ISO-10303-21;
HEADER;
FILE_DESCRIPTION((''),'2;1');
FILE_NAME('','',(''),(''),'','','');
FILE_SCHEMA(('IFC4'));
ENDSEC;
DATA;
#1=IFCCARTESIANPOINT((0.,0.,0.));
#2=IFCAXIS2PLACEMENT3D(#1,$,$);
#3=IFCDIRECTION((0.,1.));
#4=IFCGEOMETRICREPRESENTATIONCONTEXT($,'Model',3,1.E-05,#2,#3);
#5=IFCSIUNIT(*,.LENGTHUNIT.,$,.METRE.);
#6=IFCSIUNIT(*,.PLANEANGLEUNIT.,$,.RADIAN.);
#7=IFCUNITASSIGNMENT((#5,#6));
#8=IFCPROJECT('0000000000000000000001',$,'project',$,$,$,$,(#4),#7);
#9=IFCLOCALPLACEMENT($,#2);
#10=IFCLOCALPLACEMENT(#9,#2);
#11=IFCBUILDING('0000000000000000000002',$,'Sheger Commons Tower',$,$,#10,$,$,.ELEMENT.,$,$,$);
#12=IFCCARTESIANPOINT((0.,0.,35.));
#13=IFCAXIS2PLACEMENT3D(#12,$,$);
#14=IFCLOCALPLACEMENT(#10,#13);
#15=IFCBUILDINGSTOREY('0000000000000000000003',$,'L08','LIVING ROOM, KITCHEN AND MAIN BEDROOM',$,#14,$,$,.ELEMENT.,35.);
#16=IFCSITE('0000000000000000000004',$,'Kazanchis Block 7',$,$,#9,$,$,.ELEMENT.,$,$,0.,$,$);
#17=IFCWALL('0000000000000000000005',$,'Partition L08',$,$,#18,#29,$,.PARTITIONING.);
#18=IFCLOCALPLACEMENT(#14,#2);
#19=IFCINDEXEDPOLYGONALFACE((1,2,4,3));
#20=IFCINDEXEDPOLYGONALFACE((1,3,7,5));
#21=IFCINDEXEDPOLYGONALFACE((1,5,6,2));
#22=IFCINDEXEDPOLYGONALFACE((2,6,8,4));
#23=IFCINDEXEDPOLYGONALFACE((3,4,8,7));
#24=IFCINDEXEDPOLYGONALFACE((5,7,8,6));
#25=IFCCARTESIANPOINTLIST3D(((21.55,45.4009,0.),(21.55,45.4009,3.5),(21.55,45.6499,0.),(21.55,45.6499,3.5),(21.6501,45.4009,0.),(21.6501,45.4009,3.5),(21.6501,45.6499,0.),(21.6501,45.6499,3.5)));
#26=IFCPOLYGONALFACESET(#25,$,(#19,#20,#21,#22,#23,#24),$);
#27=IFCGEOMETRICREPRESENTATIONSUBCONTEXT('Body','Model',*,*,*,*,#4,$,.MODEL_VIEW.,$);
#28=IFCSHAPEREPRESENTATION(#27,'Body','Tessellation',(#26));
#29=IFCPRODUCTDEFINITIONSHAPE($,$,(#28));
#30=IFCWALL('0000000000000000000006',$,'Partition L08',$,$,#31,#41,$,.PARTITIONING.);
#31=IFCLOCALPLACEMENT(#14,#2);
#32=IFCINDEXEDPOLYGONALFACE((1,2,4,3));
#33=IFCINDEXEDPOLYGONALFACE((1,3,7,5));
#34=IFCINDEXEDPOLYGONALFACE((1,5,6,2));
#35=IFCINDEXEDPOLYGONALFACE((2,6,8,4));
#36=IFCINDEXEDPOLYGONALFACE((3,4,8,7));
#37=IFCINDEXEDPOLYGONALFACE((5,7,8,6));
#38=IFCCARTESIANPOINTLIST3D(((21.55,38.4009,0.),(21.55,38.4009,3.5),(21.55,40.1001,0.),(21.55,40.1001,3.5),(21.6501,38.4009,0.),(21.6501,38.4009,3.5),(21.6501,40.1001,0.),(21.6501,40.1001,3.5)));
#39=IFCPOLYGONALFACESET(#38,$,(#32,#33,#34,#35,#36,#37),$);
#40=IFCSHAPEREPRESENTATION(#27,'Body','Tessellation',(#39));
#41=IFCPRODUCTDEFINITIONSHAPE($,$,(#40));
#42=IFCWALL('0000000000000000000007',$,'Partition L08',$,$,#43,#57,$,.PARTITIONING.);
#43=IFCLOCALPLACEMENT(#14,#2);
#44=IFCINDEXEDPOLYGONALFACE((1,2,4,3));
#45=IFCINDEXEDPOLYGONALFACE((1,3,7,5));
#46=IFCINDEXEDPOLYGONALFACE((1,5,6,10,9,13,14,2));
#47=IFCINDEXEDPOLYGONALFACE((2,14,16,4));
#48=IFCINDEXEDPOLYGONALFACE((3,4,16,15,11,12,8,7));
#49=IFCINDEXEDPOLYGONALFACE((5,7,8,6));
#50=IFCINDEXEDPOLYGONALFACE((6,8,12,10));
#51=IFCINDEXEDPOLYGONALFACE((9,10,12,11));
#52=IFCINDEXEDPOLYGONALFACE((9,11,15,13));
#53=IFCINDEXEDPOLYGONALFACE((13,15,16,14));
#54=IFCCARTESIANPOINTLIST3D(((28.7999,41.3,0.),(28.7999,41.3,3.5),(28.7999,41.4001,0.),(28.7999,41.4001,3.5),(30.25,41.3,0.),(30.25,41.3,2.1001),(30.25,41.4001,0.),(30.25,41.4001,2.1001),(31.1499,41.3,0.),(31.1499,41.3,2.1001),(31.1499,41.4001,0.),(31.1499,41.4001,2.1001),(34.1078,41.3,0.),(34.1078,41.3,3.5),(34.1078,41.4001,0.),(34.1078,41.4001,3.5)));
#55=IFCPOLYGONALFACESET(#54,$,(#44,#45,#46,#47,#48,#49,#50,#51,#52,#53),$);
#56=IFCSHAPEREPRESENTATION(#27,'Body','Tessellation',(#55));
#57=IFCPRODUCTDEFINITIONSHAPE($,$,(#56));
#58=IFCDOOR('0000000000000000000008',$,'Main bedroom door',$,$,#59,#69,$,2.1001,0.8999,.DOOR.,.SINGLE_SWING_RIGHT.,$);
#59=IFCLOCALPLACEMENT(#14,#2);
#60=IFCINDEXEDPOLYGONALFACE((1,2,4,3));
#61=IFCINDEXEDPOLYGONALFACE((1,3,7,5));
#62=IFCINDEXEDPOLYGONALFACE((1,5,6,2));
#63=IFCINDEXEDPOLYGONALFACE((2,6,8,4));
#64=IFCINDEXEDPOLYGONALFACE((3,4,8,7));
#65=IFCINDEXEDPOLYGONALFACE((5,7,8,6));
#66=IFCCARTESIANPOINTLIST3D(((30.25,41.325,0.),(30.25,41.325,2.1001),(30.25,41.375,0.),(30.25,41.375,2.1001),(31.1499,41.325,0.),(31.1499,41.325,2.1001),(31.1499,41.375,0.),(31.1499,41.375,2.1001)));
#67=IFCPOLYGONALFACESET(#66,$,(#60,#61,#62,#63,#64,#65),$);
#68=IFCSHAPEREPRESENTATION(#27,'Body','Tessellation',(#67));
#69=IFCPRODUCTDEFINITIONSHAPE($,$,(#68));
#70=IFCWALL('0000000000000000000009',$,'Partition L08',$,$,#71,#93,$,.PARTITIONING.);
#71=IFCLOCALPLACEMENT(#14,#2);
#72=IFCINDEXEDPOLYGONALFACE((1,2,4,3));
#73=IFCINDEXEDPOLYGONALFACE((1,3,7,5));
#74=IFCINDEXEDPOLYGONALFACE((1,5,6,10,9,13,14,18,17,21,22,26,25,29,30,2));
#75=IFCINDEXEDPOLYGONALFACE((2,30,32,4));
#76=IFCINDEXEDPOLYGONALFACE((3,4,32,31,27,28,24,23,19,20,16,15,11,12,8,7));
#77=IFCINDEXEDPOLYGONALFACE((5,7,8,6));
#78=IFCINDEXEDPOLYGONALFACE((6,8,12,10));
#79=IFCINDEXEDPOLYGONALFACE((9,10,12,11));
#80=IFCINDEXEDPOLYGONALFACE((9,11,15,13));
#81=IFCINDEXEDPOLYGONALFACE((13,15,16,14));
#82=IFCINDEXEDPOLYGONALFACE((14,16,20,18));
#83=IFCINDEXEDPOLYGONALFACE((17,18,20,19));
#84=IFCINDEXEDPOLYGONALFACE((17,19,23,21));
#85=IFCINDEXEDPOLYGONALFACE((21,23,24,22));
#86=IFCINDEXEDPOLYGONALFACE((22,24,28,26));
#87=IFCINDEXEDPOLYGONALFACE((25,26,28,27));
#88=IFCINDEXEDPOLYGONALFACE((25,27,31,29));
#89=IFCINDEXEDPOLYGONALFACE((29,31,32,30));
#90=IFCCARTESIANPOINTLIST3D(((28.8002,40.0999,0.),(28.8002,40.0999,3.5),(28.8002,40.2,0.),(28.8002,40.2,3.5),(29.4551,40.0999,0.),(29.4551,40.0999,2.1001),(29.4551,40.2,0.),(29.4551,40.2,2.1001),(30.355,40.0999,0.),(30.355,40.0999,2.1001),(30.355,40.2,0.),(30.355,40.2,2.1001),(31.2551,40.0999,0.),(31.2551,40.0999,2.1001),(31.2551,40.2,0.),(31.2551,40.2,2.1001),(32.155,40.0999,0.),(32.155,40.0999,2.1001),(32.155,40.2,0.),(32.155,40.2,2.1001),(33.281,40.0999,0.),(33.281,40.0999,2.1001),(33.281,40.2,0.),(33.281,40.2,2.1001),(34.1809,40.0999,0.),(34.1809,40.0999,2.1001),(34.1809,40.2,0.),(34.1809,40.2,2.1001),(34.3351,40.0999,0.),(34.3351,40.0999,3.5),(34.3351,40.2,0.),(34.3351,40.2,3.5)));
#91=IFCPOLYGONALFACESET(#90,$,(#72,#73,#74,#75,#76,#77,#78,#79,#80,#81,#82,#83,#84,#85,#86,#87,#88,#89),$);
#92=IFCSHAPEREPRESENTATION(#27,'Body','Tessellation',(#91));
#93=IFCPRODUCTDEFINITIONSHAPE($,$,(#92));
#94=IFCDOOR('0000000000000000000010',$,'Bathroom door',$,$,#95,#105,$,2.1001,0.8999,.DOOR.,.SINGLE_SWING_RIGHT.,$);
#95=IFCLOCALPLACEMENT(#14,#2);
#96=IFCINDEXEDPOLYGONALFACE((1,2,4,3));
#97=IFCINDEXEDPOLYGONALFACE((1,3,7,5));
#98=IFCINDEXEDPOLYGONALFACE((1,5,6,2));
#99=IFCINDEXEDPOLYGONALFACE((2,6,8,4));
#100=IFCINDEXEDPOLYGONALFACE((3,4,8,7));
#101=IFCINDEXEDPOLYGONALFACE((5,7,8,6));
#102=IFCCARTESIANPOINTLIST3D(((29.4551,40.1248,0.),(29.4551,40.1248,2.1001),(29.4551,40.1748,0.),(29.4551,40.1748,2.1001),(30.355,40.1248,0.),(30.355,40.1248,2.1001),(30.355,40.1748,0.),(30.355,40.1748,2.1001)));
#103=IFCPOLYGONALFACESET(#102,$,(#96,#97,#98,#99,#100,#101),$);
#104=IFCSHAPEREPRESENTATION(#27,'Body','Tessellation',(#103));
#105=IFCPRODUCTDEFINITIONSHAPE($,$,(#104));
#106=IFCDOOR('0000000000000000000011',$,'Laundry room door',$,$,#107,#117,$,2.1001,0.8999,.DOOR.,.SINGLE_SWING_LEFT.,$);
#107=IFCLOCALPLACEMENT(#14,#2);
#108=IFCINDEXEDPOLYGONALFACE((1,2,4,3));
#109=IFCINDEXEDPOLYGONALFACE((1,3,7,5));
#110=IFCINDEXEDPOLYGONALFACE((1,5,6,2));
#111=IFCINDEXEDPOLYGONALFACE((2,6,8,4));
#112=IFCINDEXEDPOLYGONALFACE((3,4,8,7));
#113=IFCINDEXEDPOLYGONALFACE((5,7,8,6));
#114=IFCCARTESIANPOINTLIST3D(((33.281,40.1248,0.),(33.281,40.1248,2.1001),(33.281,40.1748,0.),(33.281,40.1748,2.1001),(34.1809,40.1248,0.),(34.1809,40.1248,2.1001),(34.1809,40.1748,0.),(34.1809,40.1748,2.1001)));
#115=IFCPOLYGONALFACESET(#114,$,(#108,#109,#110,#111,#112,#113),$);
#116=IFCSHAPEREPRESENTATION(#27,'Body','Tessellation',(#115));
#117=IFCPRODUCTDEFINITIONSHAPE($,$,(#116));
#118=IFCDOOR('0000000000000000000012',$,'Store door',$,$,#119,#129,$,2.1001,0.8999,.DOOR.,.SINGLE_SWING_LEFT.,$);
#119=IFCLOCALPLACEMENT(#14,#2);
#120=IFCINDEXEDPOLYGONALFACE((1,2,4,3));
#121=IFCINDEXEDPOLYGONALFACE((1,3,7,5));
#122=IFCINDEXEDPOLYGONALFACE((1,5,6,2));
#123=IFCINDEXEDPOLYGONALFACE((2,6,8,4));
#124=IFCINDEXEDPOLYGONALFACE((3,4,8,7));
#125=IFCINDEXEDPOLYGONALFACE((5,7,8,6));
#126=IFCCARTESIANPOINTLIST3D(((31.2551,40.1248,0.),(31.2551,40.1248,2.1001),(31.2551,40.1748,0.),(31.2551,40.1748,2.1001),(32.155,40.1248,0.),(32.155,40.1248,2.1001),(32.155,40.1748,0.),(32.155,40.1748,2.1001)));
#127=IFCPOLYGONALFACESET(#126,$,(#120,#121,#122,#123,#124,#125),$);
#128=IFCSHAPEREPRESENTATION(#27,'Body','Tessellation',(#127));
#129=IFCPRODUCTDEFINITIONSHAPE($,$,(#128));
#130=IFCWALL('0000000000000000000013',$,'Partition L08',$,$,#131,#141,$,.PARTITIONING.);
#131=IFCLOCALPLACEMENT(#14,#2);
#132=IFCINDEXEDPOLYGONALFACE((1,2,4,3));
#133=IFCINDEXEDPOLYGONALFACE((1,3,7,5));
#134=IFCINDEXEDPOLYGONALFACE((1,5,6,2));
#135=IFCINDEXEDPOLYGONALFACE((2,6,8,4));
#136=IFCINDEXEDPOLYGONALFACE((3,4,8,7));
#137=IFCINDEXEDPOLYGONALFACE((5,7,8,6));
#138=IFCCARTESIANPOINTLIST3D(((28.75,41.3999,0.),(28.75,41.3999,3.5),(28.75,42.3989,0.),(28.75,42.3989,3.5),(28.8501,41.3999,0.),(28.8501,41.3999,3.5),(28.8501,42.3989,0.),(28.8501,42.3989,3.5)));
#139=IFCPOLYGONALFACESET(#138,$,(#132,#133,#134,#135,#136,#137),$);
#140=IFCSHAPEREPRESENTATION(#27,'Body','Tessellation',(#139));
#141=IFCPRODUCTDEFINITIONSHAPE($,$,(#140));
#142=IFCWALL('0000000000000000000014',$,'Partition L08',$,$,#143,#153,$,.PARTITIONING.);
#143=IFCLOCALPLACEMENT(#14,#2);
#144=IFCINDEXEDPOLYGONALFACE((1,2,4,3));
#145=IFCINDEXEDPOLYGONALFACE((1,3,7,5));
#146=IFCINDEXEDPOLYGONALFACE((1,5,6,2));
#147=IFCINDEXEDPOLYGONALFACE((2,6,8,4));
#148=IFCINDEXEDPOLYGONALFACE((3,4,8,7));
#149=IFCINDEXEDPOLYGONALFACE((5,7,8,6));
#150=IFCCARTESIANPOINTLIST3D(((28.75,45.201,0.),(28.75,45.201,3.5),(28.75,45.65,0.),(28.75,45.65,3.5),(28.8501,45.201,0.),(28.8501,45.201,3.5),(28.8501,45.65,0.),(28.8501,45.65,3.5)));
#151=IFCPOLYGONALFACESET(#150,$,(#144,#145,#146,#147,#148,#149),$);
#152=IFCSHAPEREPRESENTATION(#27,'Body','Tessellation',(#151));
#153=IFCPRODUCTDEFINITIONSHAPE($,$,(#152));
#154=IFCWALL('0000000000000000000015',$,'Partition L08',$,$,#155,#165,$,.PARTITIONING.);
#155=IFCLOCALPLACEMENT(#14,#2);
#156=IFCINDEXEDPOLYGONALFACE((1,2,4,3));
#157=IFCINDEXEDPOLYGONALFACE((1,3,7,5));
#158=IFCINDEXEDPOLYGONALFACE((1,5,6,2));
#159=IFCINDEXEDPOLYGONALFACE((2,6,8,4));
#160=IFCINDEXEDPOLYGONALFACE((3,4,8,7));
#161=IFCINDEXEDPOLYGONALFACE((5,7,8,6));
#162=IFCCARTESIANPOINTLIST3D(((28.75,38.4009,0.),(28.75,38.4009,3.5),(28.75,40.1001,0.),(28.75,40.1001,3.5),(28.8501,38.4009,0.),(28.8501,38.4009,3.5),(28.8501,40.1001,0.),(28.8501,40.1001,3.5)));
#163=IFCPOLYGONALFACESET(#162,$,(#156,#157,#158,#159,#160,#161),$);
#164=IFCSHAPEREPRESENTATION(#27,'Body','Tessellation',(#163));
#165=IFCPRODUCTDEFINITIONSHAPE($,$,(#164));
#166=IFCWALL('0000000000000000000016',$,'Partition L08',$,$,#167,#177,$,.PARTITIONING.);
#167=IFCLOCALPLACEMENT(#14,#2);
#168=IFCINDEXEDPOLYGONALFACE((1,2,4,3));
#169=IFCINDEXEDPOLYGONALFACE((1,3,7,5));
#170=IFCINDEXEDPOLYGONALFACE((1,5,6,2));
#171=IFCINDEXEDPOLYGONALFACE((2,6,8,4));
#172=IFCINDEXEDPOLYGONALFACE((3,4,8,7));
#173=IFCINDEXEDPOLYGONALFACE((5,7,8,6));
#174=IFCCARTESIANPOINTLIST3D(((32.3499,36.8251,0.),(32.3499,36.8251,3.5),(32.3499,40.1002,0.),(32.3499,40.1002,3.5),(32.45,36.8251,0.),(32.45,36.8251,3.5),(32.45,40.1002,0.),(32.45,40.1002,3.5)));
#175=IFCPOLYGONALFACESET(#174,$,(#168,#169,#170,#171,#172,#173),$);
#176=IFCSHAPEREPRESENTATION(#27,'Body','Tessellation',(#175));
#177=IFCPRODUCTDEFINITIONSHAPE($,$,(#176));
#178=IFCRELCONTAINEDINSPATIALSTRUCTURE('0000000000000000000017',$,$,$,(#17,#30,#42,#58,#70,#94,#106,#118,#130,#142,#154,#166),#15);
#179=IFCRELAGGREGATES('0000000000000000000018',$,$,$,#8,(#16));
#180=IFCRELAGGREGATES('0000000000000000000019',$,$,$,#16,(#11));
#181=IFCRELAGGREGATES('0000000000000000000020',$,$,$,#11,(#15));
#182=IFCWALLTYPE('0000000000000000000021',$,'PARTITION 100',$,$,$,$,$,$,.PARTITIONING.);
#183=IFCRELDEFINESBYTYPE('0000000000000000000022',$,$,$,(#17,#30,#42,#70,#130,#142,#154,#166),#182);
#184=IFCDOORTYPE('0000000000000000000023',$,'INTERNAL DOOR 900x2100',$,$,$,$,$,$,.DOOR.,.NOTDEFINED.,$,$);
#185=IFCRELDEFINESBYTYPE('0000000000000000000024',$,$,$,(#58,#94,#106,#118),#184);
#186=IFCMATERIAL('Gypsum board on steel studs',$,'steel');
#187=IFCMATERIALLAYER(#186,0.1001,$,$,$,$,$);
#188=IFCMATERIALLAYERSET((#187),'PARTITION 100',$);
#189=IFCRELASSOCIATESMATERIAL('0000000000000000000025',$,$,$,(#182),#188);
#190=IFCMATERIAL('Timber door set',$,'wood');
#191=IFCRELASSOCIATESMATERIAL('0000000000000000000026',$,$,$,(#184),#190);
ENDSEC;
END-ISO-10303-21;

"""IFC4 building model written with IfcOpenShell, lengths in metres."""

from ifc_helpers import new_model, si_unit, direction, frame, frame_2d, origin, place, context, subcontext, project, spatial, rectangle, extrude, material, layer, layer_set, type_object, element, fill, save


model = new_model("IFC4")

# Units and contexts
model_context = context("Model", 3, precision=1e-05, world=origin(), true_north=direction((0.0, 1.0)))
body_context = subcontext(model_context, "Body", "Model", "MODEL_VIEW")
ifc_project = project(units=[si_unit("LENGTHUNIT", "METRE"), si_unit("PLANEANGLEUNIT", "RADIAN")], contexts=[model_context])

# Site, building, storey
site_placement = place(None, origin())
site = spatial("IfcSite", under=ifc_project, at=site_placement, Name="Kazanchis Block 7", CompositionType="ELEMENT", RefElevation=0.0)
building_placement = place(site_placement, origin())
building = spatial("IfcBuilding", under=site, at=building_placement, Name="Sheger Commons Tower", CompositionType="ELEMENT")
storey_placement = place(building_placement, frame((0.0, 0.0, 35.0)))
storey = spatial("IfcBuildingStorey", under=building, at=storey_placement, Name="L08", Description="LIVING ROOM, KITCHEN AND MAIN BEDROOM", CompositionType="ELEMENT", Elevation=35.0)

# Walls
ifc_material_1 = material(Name="Gypsum board on steel studs", Category="steel")
ifc_layer_1 = layer(ifc_material_1, 0.1001)
ifc_layer_set_1 = layer_set([ifc_layer_1], Name="PARTITION 100")
wall_type_1 = type_object("IfcWallType", Name="PARTITION 100", PredefinedType="PARTITIONING", material=ifc_layer_set_1)
wall_1_placement = place(storey_placement, frame((21.6001, 45.4009, 0.0), z_axis=(0.0, 0.0, 1.0), x_axis=(0.0, 1.0, 0.0)))
element("IfcWall", 1, at=wall_1_placement, inside=storey, type_object=wall_type_1, Name="Partition L08", PredefinedType="PARTITIONING", context=body_context, shape_type="SweptSolid", body=[
    extrude(rectangle(XDim=0.249, YDim=0.1001, at=frame_2d((0.1245, 0.0))), origin(), (0.0, 0.0, 1.0), 3.5),
])
wall_2_placement = place(storey_placement, frame((21.6001, 38.4009, 0.0), z_axis=(0.0, 0.0, 1.0), x_axis=(0.0, 1.0, 0.0)))
element("IfcWall", 2, at=wall_2_placement, inside=storey, type_object=wall_type_1, Name="Partition L08", PredefinedType="PARTITIONING", context=body_context, shape_type="SweptSolid", body=[
    extrude(rectangle(XDim=1.6992, YDim=0.1001, at=frame_2d((0.8496, 0.0))), origin(), (0.0, 0.0, 1.0), 3.5),
])

# Wall, opening, door
wall_3_placement = place(storey_placement, frame((28.8, 41.3501, 0.0), z_axis=(0.0, 0.0, 1.0), x_axis=(1.0, 0.0, 0.0)))
wall_3 = element("IfcWall", 3, at=wall_3_placement, inside=storey, type_object=wall_type_1, Name="Partition L08", PredefinedType="PARTITIONING", context=body_context, shape_type="SweptSolid", body=[
    extrude(rectangle(XDim=5.3079, YDim=0.1001, at=frame_2d((2.6538, 0.0))), origin(), (0.0, 0.0, 1.0), 3.5),
])
opening_1_placement = place(wall_3_placement, frame((1.45, 0.0, 0.0)))
opening_1 = element("IfcOpeningElement", 4, at=opening_1_placement, cuts=wall_3, PredefinedType="OPENING", context=body_context, shape_type="SweptSolid", body=[
    extrude(rectangle(XDim=0.8999, YDim=2.1001, at=frame_2d((0.45, 1.05))), frame((0.0, 0.0601, 0.0), z_axis=(0.0, -1.0, 0.0), x_axis=(1.0, 0.0, 0.0)), (0.0, 0.0, 1.0), 0.1201),
])
ifc_material_2 = material(Name="Timber door set", Category="wood")
door_type = type_object("IfcDoorType", Name="INTERNAL DOOR 900x2100", OperationType="NOTDEFINED", PredefinedType="DOOR", material=ifc_material_2)
door_1_placement = place(opening_1_placement, origin())
door_1 = element("IfcDoor", 5, at=door_1_placement, inside=storey, type_object=door_type, Name="Main bedroom door", OperationType="SINGLE_SWING_RIGHT", OverallHeight=2.1001, OverallWidth=0.8999, PredefinedType="DOOR", context=body_context, shape_type="SweptSolid", body=[
    extrude(rectangle(XDim=0.8999, YDim=2.1001, at=frame_2d((0.45, 1.05))), frame((0.0, 0.0249, 0.0), z_axis=(0.0, -1.0, 0.0), x_axis=(1.0, 0.0, 0.0)), (0.0, 0.0, 1.0), 0.05),
])
fill(opening_1, door_1)

# Wall, openings, doors
wall_4_placement = place(storey_placement, frame((28.8, 40.1499, 0.0), z_axis=(0.0, 0.0, 1.0), x_axis=(1.0, 0.0, 0.0)))
wall_4 = element("IfcWall", 6, at=wall_4_placement, inside=storey, type_object=wall_type_1, Name="Partition L08", PredefinedType="PARTITIONING", context=body_context, shape_type="SweptSolid", body=[
    extrude(rectangle(XDim=5.5349, YDim=0.1001, at=frame_2d((2.7676, 0.0))), origin(), (0.0, 0.0, 1.0), 3.5),
])
opening_2_placement = place(wall_4_placement, frame((0.655, 0.0, 0.0)))
opening_2 = element("IfcOpeningElement", 7, at=opening_2_placement, cuts=wall_4, PredefinedType="OPENING", context=body_context, shape_type="SweptSolid", body=[
    extrude(rectangle(XDim=0.8999, YDim=2.1001, at=frame_2d((0.45, 1.05))), frame((0.0, 0.0601, 0.0), z_axis=(0.0, -1.0, 0.0), x_axis=(1.0, 0.0, 0.0)), (0.0, 0.0, 1.0), 0.1201),
])
opening_3_placement = place(wall_4_placement, frame((4.481, 0.0, 0.0)))
opening_3 = element("IfcOpeningElement", 8, at=opening_3_placement, cuts=wall_4, PredefinedType="OPENING", context=body_context, shape_type="SweptSolid", body=[
    extrude(rectangle(XDim=0.8999, YDim=2.1001, at=frame_2d((0.45, 1.05))), frame((0.0, 0.0601, 0.0), z_axis=(0.0, -1.0, 0.0), x_axis=(1.0, 0.0, 0.0)), (0.0, 0.0, 1.0), 0.1201),
])
opening_4_placement = place(wall_4_placement, frame((2.4551, 0.0, 0.0)))
opening_4 = element("IfcOpeningElement", 9, at=opening_4_placement, cuts=wall_4, PredefinedType="OPENING", context=body_context, shape_type="SweptSolid", body=[
    extrude(rectangle(XDim=0.8999, YDim=2.1001, at=frame_2d((0.45, 1.05))), frame((0.0, 0.0601, 0.0), z_axis=(0.0, -1.0, 0.0), x_axis=(1.0, 0.0, 0.0)), (0.0, 0.0, 1.0), 0.1201),
])
door_2_placement = place(opening_2_placement, origin())
door_2 = element("IfcDoor", 10, at=door_2_placement, inside=storey, type_object=door_type, Name="Bathroom door", OperationType="SINGLE_SWING_RIGHT", OverallHeight=2.1001, OverallWidth=0.8999, PredefinedType="DOOR", context=body_context, shape_type="SweptSolid", body=[
    extrude(rectangle(XDim=0.8999, YDim=2.1001, at=frame_2d((0.45, 1.05))), frame((0.0, 0.0249, 0.0), z_axis=(0.0, -1.0, 0.0), x_axis=(1.0, 0.0, 0.0)), (0.0, 0.0, 1.0), 0.05),
])
fill(opening_2, door_2)
door_3_placement = place(opening_3_placement, origin())
door_3 = element("IfcDoor", 11, at=door_3_placement, inside=storey, type_object=door_type, Name="Laundry room door", OperationType="SINGLE_SWING_LEFT", OverallHeight=2.1001, OverallWidth=0.8999, PredefinedType="DOOR", context=body_context, shape_type="SweptSolid", body=[
    extrude(rectangle(XDim=0.8999, YDim=2.1001, at=frame_2d((0.45, 1.05))), frame((0.0, 0.0249, 0.0), z_axis=(0.0, -1.0, 0.0), x_axis=(1.0, 0.0, 0.0)), (0.0, 0.0, 1.0), 0.05),
])
fill(opening_3, door_3)
door_4_placement = place(opening_4_placement, origin())
door_4 = element("IfcDoor", 12, at=door_4_placement, inside=storey, type_object=door_type, Name="Store door", OperationType="SINGLE_SWING_LEFT", OverallHeight=2.1001, OverallWidth=0.8999, PredefinedType="DOOR", context=body_context, shape_type="SweptSolid", body=[
    extrude(rectangle(XDim=0.8999, YDim=2.1001, at=frame_2d((0.45, 1.05))), frame((0.0, 0.0249, 0.0), z_axis=(0.0, -1.0, 0.0), x_axis=(1.0, 0.0, 0.0)), (0.0, 0.0, 1.0), 0.05),
])
fill(opening_4, door_4)

# Walls
wall_5_placement = place(storey_placement, frame((28.8, 41.3999, 0.0), z_axis=(0.0, 0.0, 1.0), x_axis=(0.0, 1.0, 0.0)))
element("IfcWall", 13, at=wall_5_placement, inside=storey, type_object=wall_type_1, Name="Partition L08", PredefinedType="PARTITIONING", context=body_context, shape_type="SweptSolid", body=[
    extrude(rectangle(XDim=0.999, YDim=0.1001, at=frame_2d((0.4995, 0.0))), origin(), (0.0, 0.0, 1.0), 3.5),
])
wall_6_placement = place(storey_placement, frame((28.8, 45.2009, 0.0), z_axis=(0.0, 0.0, 1.0), x_axis=(0.0, 1.0, 0.0)))
element("IfcWall", 14, at=wall_6_placement, inside=storey, type_object=wall_type_1, Name="Partition L08", PredefinedType="PARTITIONING", context=body_context, shape_type="SweptSolid", body=[
    extrude(rectangle(XDim=0.449, YDim=0.1001, at=frame_2d((0.2246, 0.0))), origin(), (0.0, 0.0, 1.0), 3.5),
])
wall_7_placement = place(storey_placement, frame((28.8, 38.4009, 0.0), z_axis=(0.0, 0.0, 1.0), x_axis=(0.0, 1.0, 0.0)))
element("IfcWall", 15, at=wall_7_placement, inside=storey, type_object=wall_type_1, Name="Partition L08", PredefinedType="PARTITIONING", context=body_context, shape_type="SweptSolid", body=[
    extrude(rectangle(XDim=1.6992, YDim=0.1001, at=frame_2d((0.8496, 0.0))), origin(), (0.0, 0.0, 1.0), 3.5),
])
for number, where, z_axis, x_axis, name in (
    (16, (32.3999, 36.825, 0.0), (0.0, 0.0, 1.0), (0.0, 1.0, 0.0), "Partition L08"),
):
    element("IfcWall", number, at=place(storey_placement, frame(where, z_axis=z_axis, x_axis=x_axis)), inside=storey, type_object=wall_type_1, Name=name, PredefinedType="PARTITIONING", context=body_context, shape_type="SweptSolid", body=[
        extrude(rectangle(XDim=3.2751, YDim=0.1001, at=frame_2d((1.6377, 0.0))), origin(), (0.0, 0.0, 1.0), 3.5),
    ])

save(model, "model.ifc")
